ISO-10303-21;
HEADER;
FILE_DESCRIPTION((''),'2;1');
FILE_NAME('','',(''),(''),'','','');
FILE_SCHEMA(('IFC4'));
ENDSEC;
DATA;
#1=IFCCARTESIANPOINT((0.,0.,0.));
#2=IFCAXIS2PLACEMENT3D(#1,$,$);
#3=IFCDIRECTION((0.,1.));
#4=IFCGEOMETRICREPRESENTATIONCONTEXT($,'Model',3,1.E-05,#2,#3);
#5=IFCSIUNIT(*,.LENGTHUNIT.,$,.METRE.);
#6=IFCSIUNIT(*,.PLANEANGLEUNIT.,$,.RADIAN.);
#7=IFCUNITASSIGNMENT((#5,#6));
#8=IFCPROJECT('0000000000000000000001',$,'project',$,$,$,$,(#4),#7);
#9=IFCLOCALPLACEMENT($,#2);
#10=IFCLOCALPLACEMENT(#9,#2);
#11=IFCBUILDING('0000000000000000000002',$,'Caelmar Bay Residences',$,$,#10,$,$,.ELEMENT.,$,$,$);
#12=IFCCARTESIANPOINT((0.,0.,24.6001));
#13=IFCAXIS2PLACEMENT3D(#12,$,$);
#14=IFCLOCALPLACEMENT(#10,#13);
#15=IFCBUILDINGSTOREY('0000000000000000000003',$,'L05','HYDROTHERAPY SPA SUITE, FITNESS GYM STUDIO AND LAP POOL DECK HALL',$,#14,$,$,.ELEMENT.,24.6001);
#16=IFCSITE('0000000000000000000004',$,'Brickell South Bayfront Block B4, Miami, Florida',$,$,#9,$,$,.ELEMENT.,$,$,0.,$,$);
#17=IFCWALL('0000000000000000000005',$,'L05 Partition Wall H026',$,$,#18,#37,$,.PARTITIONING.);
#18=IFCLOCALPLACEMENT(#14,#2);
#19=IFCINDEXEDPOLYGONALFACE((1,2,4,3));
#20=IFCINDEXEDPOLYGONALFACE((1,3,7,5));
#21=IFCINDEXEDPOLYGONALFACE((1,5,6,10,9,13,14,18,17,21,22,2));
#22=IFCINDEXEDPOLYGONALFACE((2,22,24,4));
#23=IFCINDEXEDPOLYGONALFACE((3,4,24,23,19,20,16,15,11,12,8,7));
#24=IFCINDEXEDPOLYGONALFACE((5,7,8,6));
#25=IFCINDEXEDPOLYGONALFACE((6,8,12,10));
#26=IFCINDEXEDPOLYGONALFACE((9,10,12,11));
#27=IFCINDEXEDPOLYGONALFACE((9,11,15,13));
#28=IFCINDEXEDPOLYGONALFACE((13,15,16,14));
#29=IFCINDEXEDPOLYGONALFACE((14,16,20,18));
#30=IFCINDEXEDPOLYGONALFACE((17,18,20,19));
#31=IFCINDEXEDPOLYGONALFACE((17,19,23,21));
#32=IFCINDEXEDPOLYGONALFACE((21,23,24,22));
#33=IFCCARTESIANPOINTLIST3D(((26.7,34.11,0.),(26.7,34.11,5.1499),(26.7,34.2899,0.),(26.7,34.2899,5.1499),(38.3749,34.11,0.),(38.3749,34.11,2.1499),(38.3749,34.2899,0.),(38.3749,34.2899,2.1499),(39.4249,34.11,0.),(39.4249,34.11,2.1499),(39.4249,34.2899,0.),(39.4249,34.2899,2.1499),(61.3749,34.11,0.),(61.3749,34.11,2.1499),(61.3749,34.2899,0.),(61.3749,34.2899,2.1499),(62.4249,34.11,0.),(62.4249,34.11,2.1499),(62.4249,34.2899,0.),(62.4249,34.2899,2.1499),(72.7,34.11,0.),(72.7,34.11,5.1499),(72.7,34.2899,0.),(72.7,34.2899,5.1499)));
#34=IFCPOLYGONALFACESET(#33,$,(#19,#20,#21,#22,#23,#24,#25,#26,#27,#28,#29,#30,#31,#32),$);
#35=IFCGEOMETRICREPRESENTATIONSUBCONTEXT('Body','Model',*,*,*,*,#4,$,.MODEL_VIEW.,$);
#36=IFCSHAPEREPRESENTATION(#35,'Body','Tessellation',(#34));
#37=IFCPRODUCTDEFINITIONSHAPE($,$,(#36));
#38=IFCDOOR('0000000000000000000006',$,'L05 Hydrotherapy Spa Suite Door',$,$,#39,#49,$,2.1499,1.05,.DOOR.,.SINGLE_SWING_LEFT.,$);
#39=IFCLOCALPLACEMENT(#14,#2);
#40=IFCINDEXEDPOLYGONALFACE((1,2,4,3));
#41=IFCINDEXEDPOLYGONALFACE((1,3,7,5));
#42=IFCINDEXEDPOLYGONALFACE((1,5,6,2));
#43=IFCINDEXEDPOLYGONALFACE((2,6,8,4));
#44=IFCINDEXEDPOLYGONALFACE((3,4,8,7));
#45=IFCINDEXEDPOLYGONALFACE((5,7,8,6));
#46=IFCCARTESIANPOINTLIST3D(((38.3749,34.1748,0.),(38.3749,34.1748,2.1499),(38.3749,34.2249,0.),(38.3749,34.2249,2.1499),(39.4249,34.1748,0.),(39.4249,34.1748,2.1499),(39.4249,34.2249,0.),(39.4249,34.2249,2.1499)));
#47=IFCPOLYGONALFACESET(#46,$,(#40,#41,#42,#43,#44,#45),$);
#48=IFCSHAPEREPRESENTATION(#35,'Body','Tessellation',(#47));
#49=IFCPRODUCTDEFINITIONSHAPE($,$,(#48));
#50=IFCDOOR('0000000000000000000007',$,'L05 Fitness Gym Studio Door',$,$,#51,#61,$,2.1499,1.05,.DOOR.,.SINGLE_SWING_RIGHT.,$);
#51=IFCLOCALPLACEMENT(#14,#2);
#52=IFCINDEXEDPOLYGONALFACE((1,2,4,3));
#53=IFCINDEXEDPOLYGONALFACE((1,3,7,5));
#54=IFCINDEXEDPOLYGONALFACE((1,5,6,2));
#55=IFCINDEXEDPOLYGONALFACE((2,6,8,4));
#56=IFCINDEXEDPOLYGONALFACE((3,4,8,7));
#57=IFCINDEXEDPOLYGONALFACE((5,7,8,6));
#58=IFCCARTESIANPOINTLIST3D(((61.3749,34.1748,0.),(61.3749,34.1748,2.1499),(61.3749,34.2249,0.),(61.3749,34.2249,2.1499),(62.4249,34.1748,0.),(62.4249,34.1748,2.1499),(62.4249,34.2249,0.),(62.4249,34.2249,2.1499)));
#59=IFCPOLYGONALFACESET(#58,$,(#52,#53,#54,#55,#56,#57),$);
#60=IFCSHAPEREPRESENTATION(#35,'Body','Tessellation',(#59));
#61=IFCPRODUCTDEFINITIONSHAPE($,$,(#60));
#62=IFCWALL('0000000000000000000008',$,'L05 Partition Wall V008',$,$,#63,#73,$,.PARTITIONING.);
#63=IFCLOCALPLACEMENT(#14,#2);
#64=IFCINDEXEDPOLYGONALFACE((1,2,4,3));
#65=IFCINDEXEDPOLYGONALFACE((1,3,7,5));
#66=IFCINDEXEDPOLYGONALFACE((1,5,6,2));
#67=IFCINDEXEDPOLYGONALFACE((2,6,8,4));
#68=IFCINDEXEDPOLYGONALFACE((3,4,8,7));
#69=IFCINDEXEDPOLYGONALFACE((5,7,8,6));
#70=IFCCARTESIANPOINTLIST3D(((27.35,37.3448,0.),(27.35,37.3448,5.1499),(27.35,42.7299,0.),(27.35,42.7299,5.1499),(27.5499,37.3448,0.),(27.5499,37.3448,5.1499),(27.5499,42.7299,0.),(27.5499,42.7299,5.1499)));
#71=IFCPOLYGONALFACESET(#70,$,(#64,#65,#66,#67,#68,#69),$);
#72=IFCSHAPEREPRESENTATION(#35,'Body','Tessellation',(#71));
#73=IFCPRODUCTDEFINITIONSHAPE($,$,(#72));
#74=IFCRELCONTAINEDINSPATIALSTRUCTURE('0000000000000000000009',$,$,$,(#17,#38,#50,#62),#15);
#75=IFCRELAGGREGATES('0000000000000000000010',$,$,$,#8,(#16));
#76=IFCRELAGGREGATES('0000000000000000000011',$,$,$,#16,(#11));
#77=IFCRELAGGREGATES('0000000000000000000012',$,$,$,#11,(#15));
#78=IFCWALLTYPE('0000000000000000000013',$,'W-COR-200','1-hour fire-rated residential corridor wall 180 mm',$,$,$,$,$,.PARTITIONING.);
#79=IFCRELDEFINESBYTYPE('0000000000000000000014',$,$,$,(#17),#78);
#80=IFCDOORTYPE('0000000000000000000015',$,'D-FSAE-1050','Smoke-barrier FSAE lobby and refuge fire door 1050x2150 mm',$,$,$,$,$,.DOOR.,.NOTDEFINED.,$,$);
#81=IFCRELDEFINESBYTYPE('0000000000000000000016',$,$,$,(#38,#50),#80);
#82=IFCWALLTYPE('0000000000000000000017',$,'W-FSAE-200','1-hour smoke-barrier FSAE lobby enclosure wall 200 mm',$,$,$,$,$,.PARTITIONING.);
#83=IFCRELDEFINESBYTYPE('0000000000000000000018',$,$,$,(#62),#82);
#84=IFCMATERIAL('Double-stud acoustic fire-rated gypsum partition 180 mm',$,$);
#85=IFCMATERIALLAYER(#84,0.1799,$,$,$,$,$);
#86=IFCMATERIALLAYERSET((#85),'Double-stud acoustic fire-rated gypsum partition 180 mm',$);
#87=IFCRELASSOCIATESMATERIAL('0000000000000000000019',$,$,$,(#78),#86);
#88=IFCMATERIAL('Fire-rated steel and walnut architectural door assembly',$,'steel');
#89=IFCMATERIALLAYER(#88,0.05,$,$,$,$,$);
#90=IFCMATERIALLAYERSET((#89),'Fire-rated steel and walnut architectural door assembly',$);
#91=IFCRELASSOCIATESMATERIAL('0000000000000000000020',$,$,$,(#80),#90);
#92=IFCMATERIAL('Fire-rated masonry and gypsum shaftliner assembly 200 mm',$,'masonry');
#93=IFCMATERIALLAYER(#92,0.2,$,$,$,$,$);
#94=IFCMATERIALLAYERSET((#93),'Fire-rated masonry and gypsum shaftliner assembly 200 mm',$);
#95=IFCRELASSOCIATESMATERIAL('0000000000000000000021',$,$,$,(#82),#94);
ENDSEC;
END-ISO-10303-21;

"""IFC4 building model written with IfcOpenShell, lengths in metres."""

from ifc_helpers import new_model, si_unit, direction, frame, frame_2d, origin, place, context, subcontext, project, spatial, rectangle, extrude, material, layer, layer_set, type_object, element, fill, save


model = new_model("IFC4")

# Units and contexts
model_context = context("Model", 3, precision=1e-05, world=origin(), true_north=direction((0.0, 1.0)))
body_context = subcontext(model_context, "Body", "Model", "MODEL_VIEW")
ifc_project = project(units=[si_unit("LENGTHUNIT", "METRE"), si_unit("PLANEANGLEUNIT", "RADIAN")], contexts=[model_context])

# Site, building, storey
site_placement = place(None, origin())
site = spatial("IfcSite", under=ifc_project, at=site_placement, Name="Brickell South Bayfront Block B4, Miami, Florida", CompositionType="ELEMENT", RefElevation=0.0)
building_placement = place(site_placement, origin())
building = spatial("IfcBuilding", under=site, at=building_placement, Name="Caelmar Bay Residences", CompositionType="ELEMENT")
storey_placement = place(building_placement, frame((0.0, 0.0, 24.6001)))
storey = spatial("IfcBuildingStorey", under=building, at=storey_placement, Name="L05", Description="HYDROTHERAPY SPA SUITE, FITNESS GYM STUDIO AND LAP POOL DECK HALL", CompositionType="ELEMENT", Elevation=24.6001)

# Shared definitions
ifc_material_1 = material(Name="Fire-rated steel and walnut architectural door assembly", Category="steel")

# Wall, openings, doors
ifc_material_2 = material(Name="Double-stud acoustic fire-rated gypsum partition 180 mm")
ifc_layer_1 = layer(ifc_material_2, 0.1799)
ifc_layer_set_1 = layer_set([ifc_layer_1], Name="Double-stud acoustic fire-rated gypsum partition 180 mm")
wall_type_1 = type_object("IfcWallType", Name="W-COR-200", Description="1-hour fire-rated residential corridor wall 180 mm", PredefinedType="PARTITIONING", material=ifc_layer_set_1)
wall_1_placement = place(storey_placement, frame((26.7, 34.2, 0.0), z_axis=(0.0, 0.0, 1.0), x_axis=(1.0, 0.0, 0.0)))
wall_1 = element("IfcWall", 1, at=wall_1_placement, inside=storey, type_object=wall_type_1, Name="L05 Partition Wall H026", PredefinedType="PARTITIONING", context=body_context, shape_type="SweptSolid", body=[
    extrude(rectangle(XDim=46.0, YDim=0.1799, at=frame_2d((23.0, 0.0))), origin(), (0.0, 0.0, 1.0), 5.1499),
])
opening_1_placement = place(wall_1_placement, frame((11.675, 0.0, 0.0)))
opening_1 = element("IfcOpeningElement", 2, at=opening_1_placement, cuts=wall_1, PredefinedType="OPENING", context=body_context, shape_type="SweptSolid", body=[
    extrude(rectangle(XDim=1.05, YDim=2.1499, at=frame_2d((0.5249, 1.075))), frame((0.0, 0.0999, 0.0), z_axis=(0.0, -1.0, 0.0), x_axis=(1.0, 0.0, 0.0)), (0.0, 0.0, 1.0), 0.2),
])
opening_2_placement = place(wall_1_placement, frame((34.675, 0.0, 0.0)))
opening_2 = element("IfcOpeningElement", 3, at=opening_2_placement, cuts=wall_1, PredefinedType="OPENING", context=body_context, shape_type="SweptSolid", body=[
    extrude(rectangle(XDim=1.05, YDim=2.1499, at=frame_2d((0.5249, 1.075))), frame((0.0, 0.0999, 0.0), z_axis=(0.0, -1.0, 0.0), x_axis=(1.0, 0.0, 0.0)), (0.0, 0.0, 1.0), 0.2),
])
ifc_layer_2 = layer(ifc_material_1, 0.05)
ifc_layer_set_2 = layer_set([ifc_layer_2], Name="Fire-rated steel and walnut architectural door assembly")
door_type_1 = type_object("IfcDoorType", Name="D-FSAE-1050", Description="Smoke-barrier FSAE lobby and refuge fire door 1050x2150 mm", OperationType="NOTDEFINED", PredefinedType="DOOR", material=ifc_layer_set_2)
door_1_placement = place(opening_1_placement, origin())
door_1 = element("IfcDoor", 4, at=door_1_placement, inside=storey, type_object=door_type_1, Name="L05 Hydrotherapy Spa Suite Door", OperationType="SINGLE_SWING_LEFT", OverallHeight=2.1499, OverallWidth=1.05, PredefinedType="DOOR", context=body_context, shape_type="SweptSolid", body=[
    extrude(rectangle(XDim=1.05, YDim=2.1499, at=frame_2d((0.5249, 1.075))), frame((0.0, 0.0249, 0.0), z_axis=(0.0, -1.0, 0.0), x_axis=(1.0, 0.0, 0.0)), (0.0, 0.0, 1.0), 0.05),
])
fill(opening_1, door_1)
door_2_placement = place(opening_2_placement, origin())
door_2 = element("IfcDoor", 5, at=door_2_placement, inside=storey, type_object=door_type_1, Name="L05 Fitness Gym Studio Door", OperationType="SINGLE_SWING_RIGHT", OverallHeight=2.1499, OverallWidth=1.05, PredefinedType="DOOR", context=body_context, shape_type="SweptSolid", body=[
    extrude(rectangle(XDim=1.05, YDim=2.1499, at=frame_2d((0.5249, 1.075))), frame((0.0, 0.0249, 0.0), z_axis=(0.0, -1.0, 0.0), x_axis=(1.0, 0.0, 0.0)), (0.0, 0.0, 1.0), 0.05),
])
fill(opening_2, door_2)

# Wall
ifc_material_3 = material(Name="Fire-rated masonry and gypsum shaftliner assembly 200 mm", Category="masonry")
ifc_layer_3 = layer(ifc_material_3, 0.2)
ifc_layer_set_3 = layer_set([ifc_layer_3], Name="Fire-rated masonry and gypsum shaftliner assembly 200 mm")
wall_type_2 = type_object("IfcWallType", Name="W-FSAE-200", Description="1-hour smoke-barrier FSAE lobby enclosure wall 200 mm", PredefinedType="PARTITIONING", material=ifc_layer_set_3)
wall_2_placement = place(storey_placement, frame((27.45, 37.345, 0.0), z_axis=(0.0, 0.0, 1.0), x_axis=(0.0, 1.0, 0.0)))
element("IfcWall", 6, at=wall_2_placement, inside=storey, type_object=wall_type_2, Name="L05 Partition Wall V008", PredefinedType="PARTITIONING", context=body_context, shape_type="SweptSolid", body=[
    extrude(rectangle(XDim=5.385, YDim=0.2, at=frame_2d((2.6924, 0.0))), origin(), (0.0, 0.0, 1.0), 5.1499),
])

save(model, "model.ifc")
